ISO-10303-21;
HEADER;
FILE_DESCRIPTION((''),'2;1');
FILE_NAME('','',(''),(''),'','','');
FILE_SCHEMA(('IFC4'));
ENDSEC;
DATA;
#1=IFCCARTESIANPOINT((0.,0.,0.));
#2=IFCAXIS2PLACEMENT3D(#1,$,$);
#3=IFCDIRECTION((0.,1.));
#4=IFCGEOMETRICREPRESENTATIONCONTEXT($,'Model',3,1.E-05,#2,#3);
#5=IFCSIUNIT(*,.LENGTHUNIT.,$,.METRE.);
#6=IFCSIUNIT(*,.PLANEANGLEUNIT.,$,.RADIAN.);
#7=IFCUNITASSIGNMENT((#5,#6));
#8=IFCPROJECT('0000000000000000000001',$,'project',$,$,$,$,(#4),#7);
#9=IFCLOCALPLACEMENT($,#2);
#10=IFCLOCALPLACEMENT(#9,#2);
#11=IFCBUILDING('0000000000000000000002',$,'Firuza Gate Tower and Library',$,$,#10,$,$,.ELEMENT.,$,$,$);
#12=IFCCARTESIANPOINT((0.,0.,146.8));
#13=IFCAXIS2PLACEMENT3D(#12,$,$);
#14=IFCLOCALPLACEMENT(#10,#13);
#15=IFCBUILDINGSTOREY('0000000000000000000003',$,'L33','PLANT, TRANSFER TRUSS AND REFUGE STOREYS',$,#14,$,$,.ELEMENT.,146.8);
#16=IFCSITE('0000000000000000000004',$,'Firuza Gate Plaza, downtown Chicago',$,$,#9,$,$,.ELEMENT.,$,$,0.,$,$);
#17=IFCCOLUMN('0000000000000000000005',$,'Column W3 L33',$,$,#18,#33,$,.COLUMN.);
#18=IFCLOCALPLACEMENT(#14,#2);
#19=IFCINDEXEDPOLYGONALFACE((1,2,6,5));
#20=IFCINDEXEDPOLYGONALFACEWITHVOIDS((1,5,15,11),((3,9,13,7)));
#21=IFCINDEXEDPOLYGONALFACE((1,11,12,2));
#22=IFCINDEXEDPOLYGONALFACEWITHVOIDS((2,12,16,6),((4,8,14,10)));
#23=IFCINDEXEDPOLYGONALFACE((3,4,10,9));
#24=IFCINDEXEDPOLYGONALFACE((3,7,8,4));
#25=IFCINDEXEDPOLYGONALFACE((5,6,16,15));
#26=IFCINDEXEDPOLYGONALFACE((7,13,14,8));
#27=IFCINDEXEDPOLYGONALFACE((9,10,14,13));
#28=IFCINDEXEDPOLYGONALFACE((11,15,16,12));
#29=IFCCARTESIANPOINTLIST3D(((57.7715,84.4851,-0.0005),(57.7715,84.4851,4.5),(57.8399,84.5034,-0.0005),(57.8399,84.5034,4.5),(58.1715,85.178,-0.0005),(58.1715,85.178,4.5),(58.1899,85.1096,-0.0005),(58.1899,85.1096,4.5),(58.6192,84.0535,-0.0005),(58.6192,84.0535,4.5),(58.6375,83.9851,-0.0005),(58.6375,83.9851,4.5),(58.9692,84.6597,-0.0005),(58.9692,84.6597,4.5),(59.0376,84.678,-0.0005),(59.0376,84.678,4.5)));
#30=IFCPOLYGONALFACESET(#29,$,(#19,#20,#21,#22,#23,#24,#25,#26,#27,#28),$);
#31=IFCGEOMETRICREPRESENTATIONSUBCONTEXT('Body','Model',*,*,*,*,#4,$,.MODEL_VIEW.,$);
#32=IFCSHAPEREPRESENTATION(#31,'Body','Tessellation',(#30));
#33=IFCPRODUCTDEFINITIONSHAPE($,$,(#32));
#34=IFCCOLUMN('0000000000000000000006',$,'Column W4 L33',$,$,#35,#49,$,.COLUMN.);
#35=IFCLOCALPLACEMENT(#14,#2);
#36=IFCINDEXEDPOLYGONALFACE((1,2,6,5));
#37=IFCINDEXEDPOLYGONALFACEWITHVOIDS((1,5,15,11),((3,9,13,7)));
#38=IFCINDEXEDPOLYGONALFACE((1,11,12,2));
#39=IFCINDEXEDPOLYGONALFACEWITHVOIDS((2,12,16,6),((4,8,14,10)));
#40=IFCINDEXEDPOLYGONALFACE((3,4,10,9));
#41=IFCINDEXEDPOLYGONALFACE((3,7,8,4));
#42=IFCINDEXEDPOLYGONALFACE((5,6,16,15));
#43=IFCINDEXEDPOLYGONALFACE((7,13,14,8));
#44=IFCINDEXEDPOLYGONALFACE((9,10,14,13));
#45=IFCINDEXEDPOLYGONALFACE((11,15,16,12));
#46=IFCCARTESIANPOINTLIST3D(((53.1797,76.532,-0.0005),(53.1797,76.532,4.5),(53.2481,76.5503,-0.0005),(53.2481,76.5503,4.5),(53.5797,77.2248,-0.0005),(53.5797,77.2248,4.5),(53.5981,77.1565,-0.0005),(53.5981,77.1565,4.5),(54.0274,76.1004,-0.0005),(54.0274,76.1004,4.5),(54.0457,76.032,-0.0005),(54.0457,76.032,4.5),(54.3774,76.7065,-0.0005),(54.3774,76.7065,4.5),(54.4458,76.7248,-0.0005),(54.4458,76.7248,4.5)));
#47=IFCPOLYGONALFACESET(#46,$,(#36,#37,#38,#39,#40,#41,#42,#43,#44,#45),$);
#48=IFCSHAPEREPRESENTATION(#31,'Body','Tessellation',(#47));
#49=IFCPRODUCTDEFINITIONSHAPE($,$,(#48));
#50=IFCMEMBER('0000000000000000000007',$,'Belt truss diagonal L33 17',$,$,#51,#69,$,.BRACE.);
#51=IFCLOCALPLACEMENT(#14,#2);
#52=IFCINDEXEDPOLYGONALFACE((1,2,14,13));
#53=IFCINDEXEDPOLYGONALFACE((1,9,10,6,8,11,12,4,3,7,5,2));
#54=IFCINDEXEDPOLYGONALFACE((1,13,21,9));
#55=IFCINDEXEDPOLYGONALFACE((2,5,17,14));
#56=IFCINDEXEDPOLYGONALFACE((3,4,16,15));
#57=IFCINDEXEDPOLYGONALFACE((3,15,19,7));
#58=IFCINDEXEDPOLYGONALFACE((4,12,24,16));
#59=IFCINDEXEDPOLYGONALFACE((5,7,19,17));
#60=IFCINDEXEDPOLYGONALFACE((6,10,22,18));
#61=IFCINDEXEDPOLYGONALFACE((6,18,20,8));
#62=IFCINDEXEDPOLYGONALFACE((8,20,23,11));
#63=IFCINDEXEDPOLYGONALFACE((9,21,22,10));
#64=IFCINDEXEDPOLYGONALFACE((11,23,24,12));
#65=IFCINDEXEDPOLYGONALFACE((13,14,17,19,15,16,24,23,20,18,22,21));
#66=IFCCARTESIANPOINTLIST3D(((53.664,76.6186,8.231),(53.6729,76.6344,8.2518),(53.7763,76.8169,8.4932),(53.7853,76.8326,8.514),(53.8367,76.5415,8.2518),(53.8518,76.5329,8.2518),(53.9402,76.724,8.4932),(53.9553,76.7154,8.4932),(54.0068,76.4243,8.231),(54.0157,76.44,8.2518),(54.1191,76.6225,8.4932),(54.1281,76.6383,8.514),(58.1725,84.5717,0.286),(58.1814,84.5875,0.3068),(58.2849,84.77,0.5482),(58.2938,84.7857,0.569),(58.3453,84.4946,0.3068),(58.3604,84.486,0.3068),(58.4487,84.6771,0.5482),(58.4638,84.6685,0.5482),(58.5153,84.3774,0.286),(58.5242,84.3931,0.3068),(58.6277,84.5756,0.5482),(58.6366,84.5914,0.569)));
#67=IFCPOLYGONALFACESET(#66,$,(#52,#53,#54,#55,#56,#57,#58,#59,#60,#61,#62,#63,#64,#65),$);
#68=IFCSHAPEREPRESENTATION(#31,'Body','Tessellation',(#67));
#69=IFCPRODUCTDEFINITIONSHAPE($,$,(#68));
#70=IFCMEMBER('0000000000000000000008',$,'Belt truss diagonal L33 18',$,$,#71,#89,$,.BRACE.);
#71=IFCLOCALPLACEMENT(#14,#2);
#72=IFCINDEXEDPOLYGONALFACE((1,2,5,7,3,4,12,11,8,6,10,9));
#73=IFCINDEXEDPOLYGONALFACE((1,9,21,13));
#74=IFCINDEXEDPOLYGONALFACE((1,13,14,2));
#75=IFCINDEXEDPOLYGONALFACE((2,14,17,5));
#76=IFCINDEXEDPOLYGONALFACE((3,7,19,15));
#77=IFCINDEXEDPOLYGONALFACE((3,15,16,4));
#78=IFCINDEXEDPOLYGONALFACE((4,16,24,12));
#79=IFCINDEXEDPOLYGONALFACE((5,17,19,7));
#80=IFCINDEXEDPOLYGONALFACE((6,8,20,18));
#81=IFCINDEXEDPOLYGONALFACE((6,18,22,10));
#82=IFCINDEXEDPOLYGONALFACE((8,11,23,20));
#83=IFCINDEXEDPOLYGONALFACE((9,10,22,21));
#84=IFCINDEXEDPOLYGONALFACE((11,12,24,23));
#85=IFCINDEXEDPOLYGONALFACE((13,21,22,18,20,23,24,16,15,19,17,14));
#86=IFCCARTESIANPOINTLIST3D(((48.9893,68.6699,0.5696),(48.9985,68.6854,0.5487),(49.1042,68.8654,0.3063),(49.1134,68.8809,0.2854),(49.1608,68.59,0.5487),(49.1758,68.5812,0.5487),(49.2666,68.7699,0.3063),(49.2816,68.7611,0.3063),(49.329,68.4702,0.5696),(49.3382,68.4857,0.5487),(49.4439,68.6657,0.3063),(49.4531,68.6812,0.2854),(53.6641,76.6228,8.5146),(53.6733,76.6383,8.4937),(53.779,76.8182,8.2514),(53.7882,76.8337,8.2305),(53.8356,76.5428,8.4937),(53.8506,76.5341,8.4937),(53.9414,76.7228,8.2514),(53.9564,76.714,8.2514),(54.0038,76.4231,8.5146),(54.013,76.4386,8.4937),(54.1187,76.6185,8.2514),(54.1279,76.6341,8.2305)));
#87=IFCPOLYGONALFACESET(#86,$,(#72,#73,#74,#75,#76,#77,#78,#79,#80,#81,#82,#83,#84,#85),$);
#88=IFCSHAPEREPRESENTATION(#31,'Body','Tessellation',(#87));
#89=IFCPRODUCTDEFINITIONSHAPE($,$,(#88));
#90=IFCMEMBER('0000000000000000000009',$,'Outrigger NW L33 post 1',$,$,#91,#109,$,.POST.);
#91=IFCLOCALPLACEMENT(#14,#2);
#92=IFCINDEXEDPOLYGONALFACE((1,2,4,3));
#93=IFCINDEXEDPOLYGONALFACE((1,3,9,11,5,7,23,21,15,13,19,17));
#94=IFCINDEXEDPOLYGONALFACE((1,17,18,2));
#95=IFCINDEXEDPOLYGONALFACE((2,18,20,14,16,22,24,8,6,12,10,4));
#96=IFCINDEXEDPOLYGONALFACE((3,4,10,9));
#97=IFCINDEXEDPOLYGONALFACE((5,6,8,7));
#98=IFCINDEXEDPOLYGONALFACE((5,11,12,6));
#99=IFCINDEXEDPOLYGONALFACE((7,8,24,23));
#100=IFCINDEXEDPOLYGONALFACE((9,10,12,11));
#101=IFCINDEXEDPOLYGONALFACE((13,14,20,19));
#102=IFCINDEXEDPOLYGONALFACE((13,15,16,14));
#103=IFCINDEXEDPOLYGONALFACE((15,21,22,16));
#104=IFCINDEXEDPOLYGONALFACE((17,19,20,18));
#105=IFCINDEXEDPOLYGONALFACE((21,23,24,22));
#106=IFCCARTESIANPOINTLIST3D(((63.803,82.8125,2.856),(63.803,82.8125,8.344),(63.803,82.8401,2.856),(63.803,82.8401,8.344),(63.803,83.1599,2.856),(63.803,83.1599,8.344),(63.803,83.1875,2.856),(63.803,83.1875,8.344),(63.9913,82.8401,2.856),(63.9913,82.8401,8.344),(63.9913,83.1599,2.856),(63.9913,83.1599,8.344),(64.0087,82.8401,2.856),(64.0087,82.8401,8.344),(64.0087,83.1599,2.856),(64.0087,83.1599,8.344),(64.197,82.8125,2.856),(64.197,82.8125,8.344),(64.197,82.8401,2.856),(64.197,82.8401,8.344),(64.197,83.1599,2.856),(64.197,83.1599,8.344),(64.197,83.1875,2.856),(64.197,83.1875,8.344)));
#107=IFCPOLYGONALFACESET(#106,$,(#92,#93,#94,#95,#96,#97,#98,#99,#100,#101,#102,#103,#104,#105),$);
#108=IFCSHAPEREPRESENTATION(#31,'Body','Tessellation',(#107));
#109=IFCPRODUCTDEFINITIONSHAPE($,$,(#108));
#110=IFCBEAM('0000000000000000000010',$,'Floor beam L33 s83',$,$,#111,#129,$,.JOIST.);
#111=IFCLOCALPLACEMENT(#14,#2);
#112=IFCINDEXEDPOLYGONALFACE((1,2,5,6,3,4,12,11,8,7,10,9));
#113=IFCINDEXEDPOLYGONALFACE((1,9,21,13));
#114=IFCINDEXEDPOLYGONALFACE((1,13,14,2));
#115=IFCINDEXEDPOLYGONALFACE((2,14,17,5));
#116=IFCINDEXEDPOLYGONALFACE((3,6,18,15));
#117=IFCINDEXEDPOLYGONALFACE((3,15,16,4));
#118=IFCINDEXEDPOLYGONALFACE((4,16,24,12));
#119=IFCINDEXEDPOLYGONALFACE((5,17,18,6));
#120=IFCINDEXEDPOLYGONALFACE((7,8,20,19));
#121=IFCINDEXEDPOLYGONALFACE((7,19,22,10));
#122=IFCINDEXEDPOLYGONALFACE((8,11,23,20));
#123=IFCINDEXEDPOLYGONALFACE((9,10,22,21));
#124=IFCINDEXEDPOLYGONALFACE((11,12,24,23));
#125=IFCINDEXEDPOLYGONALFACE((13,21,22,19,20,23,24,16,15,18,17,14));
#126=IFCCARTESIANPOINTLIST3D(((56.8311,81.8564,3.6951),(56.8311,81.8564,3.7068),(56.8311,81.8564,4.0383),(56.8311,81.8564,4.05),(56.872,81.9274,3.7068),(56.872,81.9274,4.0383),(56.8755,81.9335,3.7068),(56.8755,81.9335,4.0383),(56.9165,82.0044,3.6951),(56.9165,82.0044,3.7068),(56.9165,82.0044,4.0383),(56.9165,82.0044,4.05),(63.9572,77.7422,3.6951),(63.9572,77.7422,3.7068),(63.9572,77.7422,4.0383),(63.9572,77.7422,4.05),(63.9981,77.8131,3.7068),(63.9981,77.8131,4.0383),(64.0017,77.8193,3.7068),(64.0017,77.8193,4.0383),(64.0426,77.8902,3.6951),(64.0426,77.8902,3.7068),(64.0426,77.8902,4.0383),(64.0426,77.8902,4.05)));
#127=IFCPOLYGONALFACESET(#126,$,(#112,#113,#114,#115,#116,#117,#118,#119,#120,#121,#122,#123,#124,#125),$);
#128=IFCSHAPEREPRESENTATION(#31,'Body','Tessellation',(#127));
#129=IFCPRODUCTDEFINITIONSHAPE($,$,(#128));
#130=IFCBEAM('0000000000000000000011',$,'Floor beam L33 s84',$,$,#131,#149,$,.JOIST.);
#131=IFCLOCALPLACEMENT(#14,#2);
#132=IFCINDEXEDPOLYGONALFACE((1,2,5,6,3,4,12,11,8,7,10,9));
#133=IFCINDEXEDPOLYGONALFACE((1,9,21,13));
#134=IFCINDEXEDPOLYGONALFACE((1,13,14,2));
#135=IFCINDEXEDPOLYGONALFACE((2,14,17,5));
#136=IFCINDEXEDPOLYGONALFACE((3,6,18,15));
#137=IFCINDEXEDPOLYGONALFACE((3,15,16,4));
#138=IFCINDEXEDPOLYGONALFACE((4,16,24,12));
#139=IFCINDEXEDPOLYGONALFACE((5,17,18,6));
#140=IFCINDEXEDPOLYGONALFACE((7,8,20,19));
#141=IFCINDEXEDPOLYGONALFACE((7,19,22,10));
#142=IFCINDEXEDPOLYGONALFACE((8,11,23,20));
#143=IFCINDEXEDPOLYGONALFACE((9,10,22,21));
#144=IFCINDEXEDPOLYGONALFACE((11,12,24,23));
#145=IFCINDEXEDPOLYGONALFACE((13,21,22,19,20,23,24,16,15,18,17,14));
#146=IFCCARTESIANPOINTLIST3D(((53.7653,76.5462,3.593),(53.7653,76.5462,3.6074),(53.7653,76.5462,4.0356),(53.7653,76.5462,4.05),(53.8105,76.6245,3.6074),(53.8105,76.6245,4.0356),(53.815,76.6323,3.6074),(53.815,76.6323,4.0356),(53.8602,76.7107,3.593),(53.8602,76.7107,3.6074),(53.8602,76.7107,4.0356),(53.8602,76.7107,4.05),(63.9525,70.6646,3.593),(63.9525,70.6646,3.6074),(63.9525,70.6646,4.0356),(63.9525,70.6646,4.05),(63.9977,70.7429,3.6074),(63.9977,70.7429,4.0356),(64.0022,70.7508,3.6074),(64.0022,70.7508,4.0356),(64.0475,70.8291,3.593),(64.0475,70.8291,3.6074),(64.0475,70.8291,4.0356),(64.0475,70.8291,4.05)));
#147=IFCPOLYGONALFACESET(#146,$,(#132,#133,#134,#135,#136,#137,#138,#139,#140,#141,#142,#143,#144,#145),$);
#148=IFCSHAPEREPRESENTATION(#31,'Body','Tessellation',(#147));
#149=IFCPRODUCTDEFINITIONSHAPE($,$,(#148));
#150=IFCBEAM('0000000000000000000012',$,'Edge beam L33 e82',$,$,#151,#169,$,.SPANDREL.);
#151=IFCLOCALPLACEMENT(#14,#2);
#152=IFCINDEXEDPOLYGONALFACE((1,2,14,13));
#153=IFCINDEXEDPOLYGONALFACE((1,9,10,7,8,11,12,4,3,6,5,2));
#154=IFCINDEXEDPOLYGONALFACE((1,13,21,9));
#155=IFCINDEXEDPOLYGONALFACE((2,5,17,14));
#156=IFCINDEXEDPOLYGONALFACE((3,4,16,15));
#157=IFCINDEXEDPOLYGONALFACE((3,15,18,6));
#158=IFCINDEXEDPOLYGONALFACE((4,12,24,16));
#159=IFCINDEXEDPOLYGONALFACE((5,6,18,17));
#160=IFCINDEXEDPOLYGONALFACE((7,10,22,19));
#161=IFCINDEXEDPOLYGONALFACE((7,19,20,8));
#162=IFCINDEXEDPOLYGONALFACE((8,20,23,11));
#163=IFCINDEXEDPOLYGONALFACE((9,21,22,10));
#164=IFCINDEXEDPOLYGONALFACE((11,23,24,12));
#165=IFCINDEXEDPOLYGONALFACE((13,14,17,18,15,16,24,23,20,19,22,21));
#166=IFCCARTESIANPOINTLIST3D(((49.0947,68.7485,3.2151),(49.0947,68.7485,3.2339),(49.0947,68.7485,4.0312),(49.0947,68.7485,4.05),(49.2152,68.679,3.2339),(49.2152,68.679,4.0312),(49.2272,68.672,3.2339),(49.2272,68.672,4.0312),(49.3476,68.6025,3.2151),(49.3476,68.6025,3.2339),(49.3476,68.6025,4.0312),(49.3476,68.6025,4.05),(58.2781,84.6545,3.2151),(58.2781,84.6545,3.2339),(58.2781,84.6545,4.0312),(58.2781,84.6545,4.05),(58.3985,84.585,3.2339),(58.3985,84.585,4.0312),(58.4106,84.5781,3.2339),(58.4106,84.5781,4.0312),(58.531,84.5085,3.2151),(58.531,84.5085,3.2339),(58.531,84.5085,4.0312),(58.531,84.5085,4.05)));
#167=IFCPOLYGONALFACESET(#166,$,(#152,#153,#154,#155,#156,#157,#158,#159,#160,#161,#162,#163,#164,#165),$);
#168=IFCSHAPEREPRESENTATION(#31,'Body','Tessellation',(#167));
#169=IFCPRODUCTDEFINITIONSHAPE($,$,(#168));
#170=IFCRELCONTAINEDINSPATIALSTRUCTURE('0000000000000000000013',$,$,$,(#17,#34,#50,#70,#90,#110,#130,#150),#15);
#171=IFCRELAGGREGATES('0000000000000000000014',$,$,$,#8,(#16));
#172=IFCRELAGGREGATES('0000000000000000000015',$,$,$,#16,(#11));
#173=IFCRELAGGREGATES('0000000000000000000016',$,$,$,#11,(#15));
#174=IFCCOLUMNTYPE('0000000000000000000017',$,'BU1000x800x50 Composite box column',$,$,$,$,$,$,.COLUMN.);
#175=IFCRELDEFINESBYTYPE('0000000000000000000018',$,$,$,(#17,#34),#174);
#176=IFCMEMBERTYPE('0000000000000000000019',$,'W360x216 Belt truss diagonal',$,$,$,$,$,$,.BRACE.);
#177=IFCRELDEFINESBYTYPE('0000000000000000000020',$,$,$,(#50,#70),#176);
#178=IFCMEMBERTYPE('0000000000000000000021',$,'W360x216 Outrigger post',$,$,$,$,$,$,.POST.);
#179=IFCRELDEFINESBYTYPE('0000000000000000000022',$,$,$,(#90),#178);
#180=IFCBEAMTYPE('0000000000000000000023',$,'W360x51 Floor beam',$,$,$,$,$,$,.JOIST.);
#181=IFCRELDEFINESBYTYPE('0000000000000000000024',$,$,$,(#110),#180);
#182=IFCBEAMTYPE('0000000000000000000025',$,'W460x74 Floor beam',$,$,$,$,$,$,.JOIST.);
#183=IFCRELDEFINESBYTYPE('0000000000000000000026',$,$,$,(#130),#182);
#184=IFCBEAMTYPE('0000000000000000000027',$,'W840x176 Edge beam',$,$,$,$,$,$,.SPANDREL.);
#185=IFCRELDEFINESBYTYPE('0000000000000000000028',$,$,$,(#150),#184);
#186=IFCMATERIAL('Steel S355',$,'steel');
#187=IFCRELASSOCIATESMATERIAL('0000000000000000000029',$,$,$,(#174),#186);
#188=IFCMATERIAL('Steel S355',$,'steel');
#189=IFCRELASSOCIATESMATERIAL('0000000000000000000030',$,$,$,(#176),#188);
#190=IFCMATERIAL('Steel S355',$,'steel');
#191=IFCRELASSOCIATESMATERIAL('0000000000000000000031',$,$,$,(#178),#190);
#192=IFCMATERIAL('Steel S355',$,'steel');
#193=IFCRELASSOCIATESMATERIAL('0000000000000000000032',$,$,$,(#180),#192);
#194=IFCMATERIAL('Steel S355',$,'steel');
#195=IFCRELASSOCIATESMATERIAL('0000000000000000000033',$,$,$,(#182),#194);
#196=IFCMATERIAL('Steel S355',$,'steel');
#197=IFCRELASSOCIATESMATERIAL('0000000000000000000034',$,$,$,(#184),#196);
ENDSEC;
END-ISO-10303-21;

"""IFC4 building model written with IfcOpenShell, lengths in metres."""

from ifc_helpers import new_model, si_unit, direction, frame, origin, origin_2d, place, context, subcontext, project, spatial, hollow_rectangle, i_section, extrude, material, material_profile, profile_set, type_object, element, save


model = new_model("IFC4")

# Units and contexts
model_context = context("Model", 3, precision=1e-05, world=origin(), true_north=direction((0.0, 1.0)))
body_context = subcontext(model_context, "Body", "Model", "MODEL_VIEW")
ifc_project = project(units=[si_unit("LENGTHUNIT", "METRE"), si_unit("PLANEANGLEUNIT", "RADIAN")], contexts=[model_context])

# Site, building, storey
site_placement = place(None, origin())
site = spatial("IfcSite", under=ifc_project, at=site_placement, Name="Firuza Gate Plaza, downtown Chicago", CompositionType="ELEMENT", RefElevation=0.0)
building_placement = place(site_placement, origin())
building = spatial("IfcBuilding", under=site, at=building_placement, Name="Firuza Gate Tower and Library", CompositionType="ELEMENT")
storey_placement = place(building_placement, frame((0.0, 0.0, 146.8)))
storey = spatial("IfcBuildingStorey", under=building, at=storey_placement, Name="L33", Description="PLANT, TRANSFER TRUSS AND REFUGE STOREYS", CompositionType="ELEMENT", Elevation=146.8)

# Columns
ifc_material_1 = material(Name="Steel S355", Category="steel")
ifc_material_profile_1 = material_profile(ifc_material_1, hollow_rectangle(XDim=0.8, YDim=1.0, WallThickness=0.05, at=origin_2d()))
ifc_profile_set_1 = profile_set([ifc_material_profile_1], Name="Steel S355")
column_type = type_object("IfcColumnType", Name="BU1000x800x50 Composite box column", PredefinedType="COLUMN", material=ifc_profile_set_1)
for number, where, z_axis, x_axis, name in (
    (1, (58.4045, 84.5815, -0.0005), (0.0, 0.0, 1.0), (-0.5, -0.866025, 0.0), "Column W3 L33"),
    (2, (53.8127, 76.6284, -0.0005), (0.0, 0.0, 1.0), (-0.5, -0.866025, 0.0), "Column W4 L33"),
):
    element("IfcColumn", number, at=place(storey_placement, frame(where, z_axis=z_axis, x_axis=x_axis)), inside=storey, type_object=column_type, Name=name, PredefinedType="COLUMN", context=body_context, shape_type="SweptSolid", body=[
        extrude(hollow_rectangle(XDim=0.8, YDim=1.0, WallThickness=0.05, at=origin_2d()), origin(), (0.0, 0.0, 1.0), 4.5005),
    ])

# Members
ifc_material_2 = material(Name="Steel S355", Category="steel")
ifc_material_profile_2 = material_profile(ifc_material_2, i_section(OverallWidth=0.394, OverallDepth=0.375, WebThickness=0.0173, FlangeThickness=0.0276, at=origin_2d()))
ifc_profile_set_2 = profile_set([ifc_material_profile_2], Name="Steel S355")
member_type_1 = type_object("IfcMemberType", Name="W360x216 Belt truss diagonal", PredefinedType="BRACE", material=ifc_profile_set_2)
member_1_placement = place(storey_placement, frame((58.4045, 84.5815, 0.4275), z_axis=(-0.372234, -0.656626, 0.655961), x_axis=(0.869939, -0.493159, 0.0)))
element("IfcMember", 3, at=member_1_placement, inside=storey, type_object=member_type_1, Name="Belt truss diagonal L33 17", PredefinedType="BRACE", context=body_context, shape_type="SweptSolid", body=[
    extrude(i_section(OverallWidth=0.394, OverallDepth=0.375, WebThickness=0.0173, FlangeThickness=0.0276, at=origin_2d()), origin(), (0.0, 0.0, 1.0), 12.1121),
])
member_2_placement = place(storey_placement, frame((53.896, 76.6284, 8.3726), z_axis=(-0.383973, -0.653224, -0.652582), x_axis=(0.862093, -0.506749, 0.0)))
element("IfcMember", 4, at=member_2_placement, inside=storey, type_object=member_type_1, Name="Belt truss diagonal L33 18", PredefinedType="BRACE", context=body_context, shape_type="SweptSolid", body=[
    extrude(i_section(OverallWidth=0.394, OverallDepth=0.375, WebThickness=0.0173, FlangeThickness=0.0276, at=origin_2d()), origin(), (0.0, 0.0, 1.0), 12.1748),
])
ifc_material_3 = material(Name="Steel S355", Category="steel")
ifc_material_profile_3 = material_profile(ifc_material_3, i_section(OverallWidth=0.394, OverallDepth=0.375, WebThickness=0.0173, FlangeThickness=0.0276, at=origin_2d()))
ifc_profile_set_3 = profile_set([ifc_material_profile_3], Name="Steel S355")
member_type_2 = type_object("IfcMemberType", Name="W360x216 Outrigger post", PredefinedType="POST", material=ifc_profile_set_3)
member_3_placement = place(storey_placement, frame((64.0, 83.0, 2.856), z_axis=(0.0, 0.0, 1.0), x_axis=(1.0, 0.0, 0.0)))
element("IfcMember", 5, at=member_3_placement, inside=storey, type_object=member_type_2, Name="Outrigger NW L33 post 1", PredefinedType="POST", context=body_context, shape_type="SweptSolid", body=[
    extrude(i_section(OverallWidth=0.394, OverallDepth=0.375, WebThickness=0.0173, FlangeThickness=0.0276, at=origin_2d()), origin(), (0.0, 0.0, 1.0), 5.488),
])

# Beams
ifc_material_4 = material(Name="Steel S355", Category="steel")
ifc_material_profile_4 = material_profile(ifc_material_4, i_section(OverallWidth=0.1709, OverallDepth=0.355, WebThickness=0.0071, FlangeThickness=0.0117, at=origin_2d()))
ifc_profile_set_4 = profile_set([ifc_material_profile_4], Name="Steel S355")
beam_type_1 = type_object("IfcBeamType", Name="W360x51 Floor beam", PredefinedType="JOIST", material=ifc_profile_set_4)
beam_1_placement = place(storey_placement, frame((56.8738, 81.9304, 3.8726), z_axis=(0.866029, -0.499994, 0.0), x_axis=(0.499994, 0.866029, 0.0)))
element("IfcBeam", 6, at=beam_1_placement, inside=storey, type_object=beam_type_1, Name="Floor beam L33 s83", PredefinedType="JOIST", context=body_context, shape_type="SweptSolid", body=[
    extrude(i_section(OverallWidth=0.1709, OverallDepth=0.355, WebThickness=0.0071, FlangeThickness=0.0117, at=origin_2d()), origin(), (0.0, 0.0, 1.0), 8.2285),
])
ifc_material_5 = material(Name="Steel S355", Category="steel")
ifc_material_profile_5 = material_profile(ifc_material_5, i_section(OverallWidth=0.1899, OverallDepth=0.457, WebThickness=0.009, FlangeThickness=0.0144, at=origin_2d()))
ifc_profile_set_5 = profile_set([ifc_material_profile_5], Name="Steel S355")
beam_type_2 = type_object("IfcBeamType", Name="W460x74 Floor beam", PredefinedType="JOIST", material=ifc_profile_set_5)
beam_2_placement = place(storey_placement, frame((53.8127, 76.6284, 3.8215), z_axis=(0.866026, -0.499999, 0.0), x_axis=(0.499999, 0.866026, 0.0)))
element("IfcBeam", 7, at=beam_2_placement, inside=storey, type_object=beam_type_2, Name="Floor beam L33 s84", PredefinedType="JOIST", context=body_context, shape_type="SweptSolid", body=[
    extrude(i_section(OverallWidth=0.1899, OverallDepth=0.457, WebThickness=0.009, FlangeThickness=0.0144, at=origin_2d()), origin(), (0.0, 0.0, 1.0), 11.7632),
])
ifc_material_6 = material(Name="Steel S355", Category="steel")
ifc_material_profile_6 = material_profile(ifc_material_6, i_section(OverallWidth=0.292, OverallDepth=0.835, WebThickness=0.0139, FlangeThickness=0.0188, at=origin_2d()))
ifc_profile_set_6 = profile_set([ifc_material_profile_6], Name="Steel S355")
beam_type_3 = type_object("IfcBeamType", Name="W840x176 Edge beam", PredefinedType="SPANDREL", material=ifc_profile_set_6)
beam_3_placement = place(storey_placement, frame((58.4045, 84.5815, 3.6326), z_axis=(-0.500001, -0.866025, 0.0), x_axis=(0.866025, -0.500001, 0.0)))
element("IfcBeam", 8, at=beam_3_placement, inside=storey, type_object=beam_type_3, Name="Edge beam L33 e82", PredefinedType="SPANDREL", context=body_context, shape_type="SweptSolid", body=[
    extrude(i_section(OverallWidth=0.292, OverallDepth=0.835, WebThickness=0.0139, FlangeThickness=0.0188, at=origin_2d()), origin(), (0.0, 0.0, 1.0), 18.3667),
])

save(model, "model.ifc")
